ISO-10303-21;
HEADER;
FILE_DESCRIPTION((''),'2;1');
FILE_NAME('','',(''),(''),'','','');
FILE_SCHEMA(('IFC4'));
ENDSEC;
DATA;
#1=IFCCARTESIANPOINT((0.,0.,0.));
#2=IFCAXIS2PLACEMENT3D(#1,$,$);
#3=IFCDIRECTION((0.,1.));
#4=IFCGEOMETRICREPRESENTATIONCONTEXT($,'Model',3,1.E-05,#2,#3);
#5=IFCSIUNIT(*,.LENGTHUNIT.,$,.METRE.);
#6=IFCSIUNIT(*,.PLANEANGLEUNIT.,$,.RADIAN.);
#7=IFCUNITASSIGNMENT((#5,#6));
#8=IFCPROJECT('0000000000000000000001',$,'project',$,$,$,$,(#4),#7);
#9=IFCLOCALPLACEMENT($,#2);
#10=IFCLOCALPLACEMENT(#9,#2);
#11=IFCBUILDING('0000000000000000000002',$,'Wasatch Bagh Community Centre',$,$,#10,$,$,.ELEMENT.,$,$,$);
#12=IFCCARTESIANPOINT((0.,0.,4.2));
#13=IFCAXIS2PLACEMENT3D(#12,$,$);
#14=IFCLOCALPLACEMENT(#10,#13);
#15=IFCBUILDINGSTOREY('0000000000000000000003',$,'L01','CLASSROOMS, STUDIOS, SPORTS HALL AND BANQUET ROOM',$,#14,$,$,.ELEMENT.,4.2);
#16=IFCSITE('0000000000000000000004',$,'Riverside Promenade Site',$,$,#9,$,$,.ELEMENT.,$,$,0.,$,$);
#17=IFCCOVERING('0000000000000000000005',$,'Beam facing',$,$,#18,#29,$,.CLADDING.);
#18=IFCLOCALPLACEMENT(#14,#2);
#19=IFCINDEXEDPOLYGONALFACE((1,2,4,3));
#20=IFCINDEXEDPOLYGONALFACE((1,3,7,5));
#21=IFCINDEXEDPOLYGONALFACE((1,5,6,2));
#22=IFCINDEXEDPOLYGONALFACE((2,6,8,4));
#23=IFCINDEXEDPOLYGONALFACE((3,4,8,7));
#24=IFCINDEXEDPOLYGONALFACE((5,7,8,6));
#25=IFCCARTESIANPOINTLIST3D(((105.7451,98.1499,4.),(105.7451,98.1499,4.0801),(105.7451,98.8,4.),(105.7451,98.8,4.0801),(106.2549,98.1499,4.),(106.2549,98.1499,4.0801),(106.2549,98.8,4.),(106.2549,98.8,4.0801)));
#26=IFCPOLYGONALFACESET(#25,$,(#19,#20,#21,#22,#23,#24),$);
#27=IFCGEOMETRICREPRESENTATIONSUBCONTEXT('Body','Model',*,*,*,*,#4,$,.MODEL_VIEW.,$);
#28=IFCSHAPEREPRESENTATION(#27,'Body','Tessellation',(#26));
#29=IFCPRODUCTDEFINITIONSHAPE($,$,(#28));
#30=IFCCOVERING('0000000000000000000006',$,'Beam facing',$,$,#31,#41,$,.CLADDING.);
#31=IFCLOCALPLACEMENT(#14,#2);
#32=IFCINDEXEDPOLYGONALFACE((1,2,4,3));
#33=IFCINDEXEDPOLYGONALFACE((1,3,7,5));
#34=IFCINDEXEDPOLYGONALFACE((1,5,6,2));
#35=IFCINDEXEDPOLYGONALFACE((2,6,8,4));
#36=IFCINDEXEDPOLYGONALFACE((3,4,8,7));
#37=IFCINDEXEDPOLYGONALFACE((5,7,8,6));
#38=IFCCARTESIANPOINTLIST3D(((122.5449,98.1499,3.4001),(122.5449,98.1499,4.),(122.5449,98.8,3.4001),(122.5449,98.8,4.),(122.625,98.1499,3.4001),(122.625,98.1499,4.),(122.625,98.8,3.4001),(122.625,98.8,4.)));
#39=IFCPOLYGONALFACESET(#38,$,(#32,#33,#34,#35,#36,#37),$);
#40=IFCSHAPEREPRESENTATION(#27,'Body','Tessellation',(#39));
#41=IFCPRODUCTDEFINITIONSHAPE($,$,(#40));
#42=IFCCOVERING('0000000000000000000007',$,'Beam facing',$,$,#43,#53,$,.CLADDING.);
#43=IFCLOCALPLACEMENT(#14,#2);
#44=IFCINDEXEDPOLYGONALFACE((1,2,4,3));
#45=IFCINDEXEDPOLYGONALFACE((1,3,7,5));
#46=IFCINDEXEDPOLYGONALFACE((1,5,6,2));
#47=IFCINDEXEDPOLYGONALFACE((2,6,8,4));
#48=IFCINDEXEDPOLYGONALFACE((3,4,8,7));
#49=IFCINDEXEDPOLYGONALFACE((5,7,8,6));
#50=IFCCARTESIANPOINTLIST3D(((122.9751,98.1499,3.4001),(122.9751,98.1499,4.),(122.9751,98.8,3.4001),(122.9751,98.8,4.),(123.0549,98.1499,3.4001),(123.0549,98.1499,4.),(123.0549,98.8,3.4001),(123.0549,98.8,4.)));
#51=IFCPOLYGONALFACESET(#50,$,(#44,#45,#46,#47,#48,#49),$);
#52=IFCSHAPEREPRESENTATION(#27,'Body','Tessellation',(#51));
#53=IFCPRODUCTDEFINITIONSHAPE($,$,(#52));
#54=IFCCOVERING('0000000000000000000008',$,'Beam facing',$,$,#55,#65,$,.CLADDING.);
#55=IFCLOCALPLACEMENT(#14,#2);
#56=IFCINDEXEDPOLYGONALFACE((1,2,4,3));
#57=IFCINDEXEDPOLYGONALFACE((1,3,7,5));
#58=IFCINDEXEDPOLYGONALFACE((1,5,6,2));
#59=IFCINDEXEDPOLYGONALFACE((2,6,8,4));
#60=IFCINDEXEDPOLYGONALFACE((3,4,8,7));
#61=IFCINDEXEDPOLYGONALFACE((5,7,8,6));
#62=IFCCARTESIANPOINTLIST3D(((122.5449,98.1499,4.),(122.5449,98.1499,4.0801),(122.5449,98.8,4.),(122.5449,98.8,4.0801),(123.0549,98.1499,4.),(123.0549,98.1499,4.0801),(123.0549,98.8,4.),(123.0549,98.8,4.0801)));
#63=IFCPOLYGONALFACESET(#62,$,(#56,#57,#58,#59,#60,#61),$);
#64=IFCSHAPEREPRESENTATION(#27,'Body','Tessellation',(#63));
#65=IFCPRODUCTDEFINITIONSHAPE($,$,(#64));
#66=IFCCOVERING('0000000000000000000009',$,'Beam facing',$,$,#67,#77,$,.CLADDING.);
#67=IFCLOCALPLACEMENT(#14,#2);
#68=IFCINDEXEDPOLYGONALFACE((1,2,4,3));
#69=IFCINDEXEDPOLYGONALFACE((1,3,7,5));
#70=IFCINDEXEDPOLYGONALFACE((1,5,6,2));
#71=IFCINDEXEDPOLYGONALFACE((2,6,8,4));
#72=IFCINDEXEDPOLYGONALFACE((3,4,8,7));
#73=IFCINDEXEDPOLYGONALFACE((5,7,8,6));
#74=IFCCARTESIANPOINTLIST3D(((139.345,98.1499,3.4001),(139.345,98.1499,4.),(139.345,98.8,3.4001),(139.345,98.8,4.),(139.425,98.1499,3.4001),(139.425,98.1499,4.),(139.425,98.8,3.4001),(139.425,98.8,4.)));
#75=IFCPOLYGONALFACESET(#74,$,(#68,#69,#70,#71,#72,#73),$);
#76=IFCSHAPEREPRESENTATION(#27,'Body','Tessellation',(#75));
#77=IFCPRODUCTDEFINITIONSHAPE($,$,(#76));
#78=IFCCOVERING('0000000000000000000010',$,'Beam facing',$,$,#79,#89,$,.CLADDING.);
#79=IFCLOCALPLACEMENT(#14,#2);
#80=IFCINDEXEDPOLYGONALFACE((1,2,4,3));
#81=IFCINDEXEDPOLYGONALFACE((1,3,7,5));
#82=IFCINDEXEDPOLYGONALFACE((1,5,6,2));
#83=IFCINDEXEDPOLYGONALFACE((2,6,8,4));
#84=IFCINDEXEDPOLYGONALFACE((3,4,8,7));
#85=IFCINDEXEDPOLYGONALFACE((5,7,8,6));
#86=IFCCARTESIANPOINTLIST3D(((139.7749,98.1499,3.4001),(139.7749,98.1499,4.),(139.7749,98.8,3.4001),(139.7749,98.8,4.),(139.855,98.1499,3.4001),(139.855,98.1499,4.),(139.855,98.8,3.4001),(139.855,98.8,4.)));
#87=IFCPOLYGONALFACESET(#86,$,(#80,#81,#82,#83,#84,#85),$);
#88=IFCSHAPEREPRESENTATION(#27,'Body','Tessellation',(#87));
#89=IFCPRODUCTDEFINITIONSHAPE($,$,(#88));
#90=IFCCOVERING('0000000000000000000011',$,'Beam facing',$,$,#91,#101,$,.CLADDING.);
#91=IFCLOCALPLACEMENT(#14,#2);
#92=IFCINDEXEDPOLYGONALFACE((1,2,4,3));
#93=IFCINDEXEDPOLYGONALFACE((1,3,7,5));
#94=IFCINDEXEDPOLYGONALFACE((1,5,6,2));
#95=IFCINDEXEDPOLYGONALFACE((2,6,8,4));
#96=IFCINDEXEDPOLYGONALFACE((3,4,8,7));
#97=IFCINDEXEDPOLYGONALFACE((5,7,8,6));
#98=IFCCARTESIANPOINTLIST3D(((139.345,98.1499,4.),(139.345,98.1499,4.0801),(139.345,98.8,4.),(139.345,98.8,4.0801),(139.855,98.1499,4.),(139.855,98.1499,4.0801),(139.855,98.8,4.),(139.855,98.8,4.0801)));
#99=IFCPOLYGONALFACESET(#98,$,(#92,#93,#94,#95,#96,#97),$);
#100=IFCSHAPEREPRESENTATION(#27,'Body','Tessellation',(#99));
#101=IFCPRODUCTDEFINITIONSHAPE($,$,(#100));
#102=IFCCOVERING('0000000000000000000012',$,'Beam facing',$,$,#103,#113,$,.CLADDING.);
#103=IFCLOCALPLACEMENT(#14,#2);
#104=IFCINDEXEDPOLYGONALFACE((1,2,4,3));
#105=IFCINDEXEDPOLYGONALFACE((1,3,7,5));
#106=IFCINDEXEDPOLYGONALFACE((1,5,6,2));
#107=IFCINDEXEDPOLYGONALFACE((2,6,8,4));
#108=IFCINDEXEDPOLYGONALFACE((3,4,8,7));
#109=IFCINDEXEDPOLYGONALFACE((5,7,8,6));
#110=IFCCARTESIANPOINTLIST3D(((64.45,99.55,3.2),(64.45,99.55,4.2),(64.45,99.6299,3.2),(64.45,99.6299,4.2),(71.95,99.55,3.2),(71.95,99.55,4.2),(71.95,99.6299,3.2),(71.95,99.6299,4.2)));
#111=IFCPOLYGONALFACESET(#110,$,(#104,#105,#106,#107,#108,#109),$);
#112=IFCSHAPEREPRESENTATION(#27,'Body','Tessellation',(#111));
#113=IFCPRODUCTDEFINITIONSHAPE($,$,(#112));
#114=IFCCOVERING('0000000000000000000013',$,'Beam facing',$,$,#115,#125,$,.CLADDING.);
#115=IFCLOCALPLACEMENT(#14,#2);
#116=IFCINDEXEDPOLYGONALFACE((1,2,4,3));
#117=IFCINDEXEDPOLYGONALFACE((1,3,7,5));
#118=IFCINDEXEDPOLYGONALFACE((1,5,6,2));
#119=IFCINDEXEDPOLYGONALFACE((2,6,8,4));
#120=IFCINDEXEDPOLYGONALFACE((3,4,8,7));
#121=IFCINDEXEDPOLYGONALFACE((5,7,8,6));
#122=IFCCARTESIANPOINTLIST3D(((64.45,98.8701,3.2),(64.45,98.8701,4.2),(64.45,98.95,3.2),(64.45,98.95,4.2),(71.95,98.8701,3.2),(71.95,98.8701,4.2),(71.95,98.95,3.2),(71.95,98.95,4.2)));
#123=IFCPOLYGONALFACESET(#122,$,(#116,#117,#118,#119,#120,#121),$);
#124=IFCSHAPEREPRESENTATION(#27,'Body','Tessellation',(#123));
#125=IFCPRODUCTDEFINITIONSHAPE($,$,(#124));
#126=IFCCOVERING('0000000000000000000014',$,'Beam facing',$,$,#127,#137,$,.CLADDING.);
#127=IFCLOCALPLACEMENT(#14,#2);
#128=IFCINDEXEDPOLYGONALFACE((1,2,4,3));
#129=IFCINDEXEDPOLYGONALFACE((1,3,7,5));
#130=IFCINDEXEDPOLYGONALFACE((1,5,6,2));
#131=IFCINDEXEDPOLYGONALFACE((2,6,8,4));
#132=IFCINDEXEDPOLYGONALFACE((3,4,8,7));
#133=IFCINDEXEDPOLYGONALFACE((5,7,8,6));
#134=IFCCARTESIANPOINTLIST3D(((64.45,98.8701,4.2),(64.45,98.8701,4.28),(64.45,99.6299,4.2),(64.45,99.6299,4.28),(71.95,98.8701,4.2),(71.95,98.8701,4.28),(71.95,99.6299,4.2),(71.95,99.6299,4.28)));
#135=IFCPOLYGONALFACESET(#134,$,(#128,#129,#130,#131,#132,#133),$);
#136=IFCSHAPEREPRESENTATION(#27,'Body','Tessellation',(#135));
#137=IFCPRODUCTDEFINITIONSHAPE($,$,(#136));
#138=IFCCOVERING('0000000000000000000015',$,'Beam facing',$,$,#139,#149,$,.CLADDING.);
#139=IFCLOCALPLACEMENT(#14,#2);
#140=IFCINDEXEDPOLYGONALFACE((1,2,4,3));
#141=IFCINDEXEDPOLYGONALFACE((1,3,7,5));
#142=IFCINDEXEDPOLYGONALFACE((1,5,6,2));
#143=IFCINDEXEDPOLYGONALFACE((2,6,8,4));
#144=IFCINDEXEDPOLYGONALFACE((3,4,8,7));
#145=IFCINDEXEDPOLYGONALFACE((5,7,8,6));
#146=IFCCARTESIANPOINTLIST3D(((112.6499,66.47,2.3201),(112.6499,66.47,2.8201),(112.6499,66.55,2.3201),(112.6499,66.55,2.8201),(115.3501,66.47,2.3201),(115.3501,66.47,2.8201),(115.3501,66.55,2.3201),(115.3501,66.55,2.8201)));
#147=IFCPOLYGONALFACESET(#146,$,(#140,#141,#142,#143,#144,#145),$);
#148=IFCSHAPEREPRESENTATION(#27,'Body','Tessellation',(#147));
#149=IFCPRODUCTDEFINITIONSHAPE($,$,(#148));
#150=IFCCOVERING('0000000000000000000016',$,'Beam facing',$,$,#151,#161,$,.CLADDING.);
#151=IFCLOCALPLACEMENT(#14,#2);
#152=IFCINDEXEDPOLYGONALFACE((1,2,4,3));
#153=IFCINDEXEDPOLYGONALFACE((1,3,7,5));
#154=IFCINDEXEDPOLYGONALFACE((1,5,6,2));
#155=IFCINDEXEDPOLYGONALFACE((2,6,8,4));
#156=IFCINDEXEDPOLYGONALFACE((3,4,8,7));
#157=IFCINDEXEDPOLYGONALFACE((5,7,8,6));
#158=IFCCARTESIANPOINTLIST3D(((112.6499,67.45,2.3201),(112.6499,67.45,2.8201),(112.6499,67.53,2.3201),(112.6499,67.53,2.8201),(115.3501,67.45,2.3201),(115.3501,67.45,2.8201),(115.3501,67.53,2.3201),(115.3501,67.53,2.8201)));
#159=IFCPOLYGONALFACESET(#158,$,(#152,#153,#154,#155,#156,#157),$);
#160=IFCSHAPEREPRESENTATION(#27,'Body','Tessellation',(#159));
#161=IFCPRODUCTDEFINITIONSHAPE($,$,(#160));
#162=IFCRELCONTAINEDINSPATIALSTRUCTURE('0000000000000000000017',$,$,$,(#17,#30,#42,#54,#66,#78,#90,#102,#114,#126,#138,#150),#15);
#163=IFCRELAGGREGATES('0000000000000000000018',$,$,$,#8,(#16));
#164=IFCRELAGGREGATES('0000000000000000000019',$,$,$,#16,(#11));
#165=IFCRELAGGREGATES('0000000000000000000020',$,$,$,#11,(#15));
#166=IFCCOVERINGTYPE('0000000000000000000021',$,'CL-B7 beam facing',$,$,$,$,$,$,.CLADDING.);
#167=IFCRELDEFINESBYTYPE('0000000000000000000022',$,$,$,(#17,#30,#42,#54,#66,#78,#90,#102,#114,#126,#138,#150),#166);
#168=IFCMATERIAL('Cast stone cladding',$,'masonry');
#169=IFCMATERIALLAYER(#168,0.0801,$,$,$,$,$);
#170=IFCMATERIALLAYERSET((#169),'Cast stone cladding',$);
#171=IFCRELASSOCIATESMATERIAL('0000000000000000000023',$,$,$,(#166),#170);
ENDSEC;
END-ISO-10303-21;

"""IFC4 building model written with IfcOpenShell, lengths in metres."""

from ifc_helpers import new_model, si_unit, direction, frame, origin, place, context, subcontext, project, spatial, polyline, outline, extrude, material, layer, layer_set, type_object, element, save


model = new_model("IFC4")

# Units and contexts
model_context = context("Model", 3, precision=1e-05, world=origin(), true_north=direction((0.0, 1.0)))
body_context = subcontext(model_context, "Body", "Model", "MODEL_VIEW")
ifc_project = project(units=[si_unit("LENGTHUNIT", "METRE"), si_unit("PLANEANGLEUNIT", "RADIAN")], contexts=[model_context])

# Site, building, storey
site_placement = place(None, origin())
site = spatial("IfcSite", under=ifc_project, at=site_placement, Name="Riverside Promenade Site", CompositionType="ELEMENT", RefElevation=0.0)
building_placement = place(site_placement, origin())
building = spatial("IfcBuilding", under=site, at=building_placement, Name="Wasatch Bagh Community Centre", CompositionType="ELEMENT")
storey_placement = place(building_placement, frame((0.0, 0.0, 4.2)))
storey = spatial("IfcBuildingStorey", under=building, at=storey_placement, Name="L01", Description="CLASSROOMS, STUDIOS, SPORTS HALL AND BANQUET ROOM", CompositionType="ELEMENT", Elevation=4.2)

# Coverings
ifc_material_1 = material(Name="Cast stone cladding", Category="masonry")
ifc_layer_1 = layer(ifc_material_1, 0.0801)
ifc_layer_set_1 = layer_set([ifc_layer_1], Name="Cast stone cladding")
covering_type = type_object("IfcCoveringType", Name="CL-B7 beam facing", PredefinedType="CLADDING", material=ifc_layer_set_1)
covering_1_placement = place(storey_placement, frame((0.0, 0.0, 4.0)))
element("IfcCovering", 1, at=covering_1_placement, inside=storey, type_object=covering_type, Name="Beam facing", PredefinedType="CLADDING", context=body_context, shape_type="SweptSolid", body=[
    extrude(outline(polyline([(106.2549, 98.1499), (106.2549, 98.8), (105.7451, 98.8), (105.7451, 98.1499), (106.2549, 98.1499)])), origin(), (0.0, 0.0, 1.0), 0.0801),
])
covering_2_placement = place(storey_placement, frame((0.0, 0.0, 3.4001)))
element("IfcCovering", 2, at=covering_2_placement, inside=storey, type_object=covering_type, Name="Beam facing", PredefinedType="CLADDING", context=body_context, shape_type="SweptSolid", body=[
    extrude(outline(polyline([(122.625, 98.1499), (122.625, 98.8), (122.5449, 98.8), (122.5449, 98.1499), (122.625, 98.1499)])), origin(), (0.0, 0.0, 1.0), 0.5999),
])
covering_3_placement = place(storey_placement, frame((0.0, 0.0, 3.4001)))
element("IfcCovering", 3, at=covering_3_placement, inside=storey, type_object=covering_type, Name="Beam facing", PredefinedType="CLADDING", context=body_context, shape_type="SweptSolid", body=[
    extrude(outline(polyline([(122.9751, 98.1499), (122.9751, 98.8), (123.0549, 98.8), (123.0549, 98.1499), (122.9751, 98.1499)])), origin(), (0.0, 0.0, 1.0), 0.5999),
])
covering_4_placement = place(storey_placement, frame((0.0, 0.0, 4.0)))
element("IfcCovering", 4, at=covering_4_placement, inside=storey, type_object=covering_type, Name="Beam facing", PredefinedType="CLADDING", context=body_context, shape_type="SweptSolid", body=[
    extrude(outline(polyline([(123.0549, 98.1499), (123.0549, 98.8), (122.5449, 98.8), (122.5449, 98.1499), (123.0549, 98.1499)])), origin(), (0.0, 0.0, 1.0), 0.0801),
])
covering_5_placement = place(storey_placement, frame((0.0, 0.0, 3.4001)))
element("IfcCovering", 5, at=covering_5_placement, inside=storey, type_object=covering_type, Name="Beam facing", PredefinedType="CLADDING", context=body_context, shape_type="SweptSolid", body=[
    extrude(outline(polyline([(139.425, 98.1499), (139.425, 98.8), (139.345, 98.8), (139.345, 98.1499), (139.425, 98.1499)])), origin(), (0.0, 0.0, 1.0), 0.5999),
])
covering_6_placement = place(storey_placement, frame((0.0, 0.0, 3.4001)))
element("IfcCovering", 6, at=covering_6_placement, inside=storey, type_object=covering_type, Name="Beam facing", PredefinedType="CLADDING", context=body_context, shape_type="SweptSolid", body=[
    extrude(outline(polyline([(139.7749, 98.1499), (139.7749, 98.8), (139.855, 98.8), (139.855, 98.1499), (139.7749, 98.1499)])), origin(), (0.0, 0.0, 1.0), 0.5999),
])
covering_7_placement = place(storey_placement, frame((0.0, 0.0, 4.0)))
element("IfcCovering", 7, at=covering_7_placement, inside=storey, type_object=covering_type, Name="Beam facing", PredefinedType="CLADDING", context=body_context, shape_type="SweptSolid", body=[
    extrude(outline(polyline([(139.855, 98.1499), (139.855, 98.8), (139.345, 98.8), (139.345, 98.1499), (139.855, 98.1499)])), origin(), (0.0, 0.0, 1.0), 0.0801),
])
covering_8_placement = place(storey_placement, frame((0.0, 0.0, 3.2)))
element("IfcCovering", 8, at=covering_8_placement, inside=storey, type_object=covering_type, Name="Beam facing", PredefinedType="CLADDING", context=body_context, shape_type="SweptSolid", body=[
    extrude(outline(polyline([(64.45, 99.55), (71.95, 99.55), (71.95, 99.6299), (64.45, 99.6299), (64.45, 99.55)])), origin(), (0.0, 0.0, 1.0), 1.0),
])
covering_9_placement = place(storey_placement, frame((0.0, 0.0, 3.2)))
element("IfcCovering", 9, at=covering_9_placement, inside=storey, type_object=covering_type, Name="Beam facing", PredefinedType="CLADDING", context=body_context, shape_type="SweptSolid", body=[
    extrude(outline(polyline([(64.45, 98.95), (71.95, 98.95), (71.95, 98.8701), (64.45, 98.8701), (64.45, 98.95)])), origin(), (0.0, 0.0, 1.0), 1.0),
])
covering_10_placement = place(storey_placement, frame((0.0, 0.0, 4.2)))
element("IfcCovering", 10, at=covering_10_placement, inside=storey, type_object=covering_type, Name="Beam facing", PredefinedType="CLADDING", context=body_context, shape_type="SweptSolid", body=[
    extrude(outline(polyline([(64.45, 98.8701), (71.95, 98.8701), (71.95, 99.6299), (64.45, 99.6299), (64.45, 98.8701)])), origin(), (0.0, 0.0, 1.0), 0.0801),
])
covering_11_placement = place(storey_placement, frame((0.0, 0.0, 2.3201)))
element("IfcCovering", 11, at=covering_11_placement, inside=storey, type_object=covering_type, Name="Beam facing", PredefinedType="CLADDING", context=body_context, shape_type="SweptSolid", body=[
    extrude(outline(polyline([(112.6499, 66.55), (115.3501, 66.55), (115.3501, 66.47), (112.6499, 66.47), (112.6499, 66.55)])), origin(), (0.0, 0.0, 1.0), 0.5),
])
covering_12_placement = place(storey_placement, frame((0.0, 0.0, 2.3201)))
element("IfcCovering", 12, at=covering_12_placement, inside=storey, type_object=covering_type, Name="Beam facing", PredefinedType="CLADDING", context=body_context, shape_type="SweptSolid", body=[
    extrude(outline(polyline([(112.6499, 67.45), (115.3501, 67.45), (115.3501, 67.53), (112.6499, 67.53), (112.6499, 67.45)])), origin(), (0.0, 0.0, 1.0), 0.5),
])

save(model, "model.ifc")
